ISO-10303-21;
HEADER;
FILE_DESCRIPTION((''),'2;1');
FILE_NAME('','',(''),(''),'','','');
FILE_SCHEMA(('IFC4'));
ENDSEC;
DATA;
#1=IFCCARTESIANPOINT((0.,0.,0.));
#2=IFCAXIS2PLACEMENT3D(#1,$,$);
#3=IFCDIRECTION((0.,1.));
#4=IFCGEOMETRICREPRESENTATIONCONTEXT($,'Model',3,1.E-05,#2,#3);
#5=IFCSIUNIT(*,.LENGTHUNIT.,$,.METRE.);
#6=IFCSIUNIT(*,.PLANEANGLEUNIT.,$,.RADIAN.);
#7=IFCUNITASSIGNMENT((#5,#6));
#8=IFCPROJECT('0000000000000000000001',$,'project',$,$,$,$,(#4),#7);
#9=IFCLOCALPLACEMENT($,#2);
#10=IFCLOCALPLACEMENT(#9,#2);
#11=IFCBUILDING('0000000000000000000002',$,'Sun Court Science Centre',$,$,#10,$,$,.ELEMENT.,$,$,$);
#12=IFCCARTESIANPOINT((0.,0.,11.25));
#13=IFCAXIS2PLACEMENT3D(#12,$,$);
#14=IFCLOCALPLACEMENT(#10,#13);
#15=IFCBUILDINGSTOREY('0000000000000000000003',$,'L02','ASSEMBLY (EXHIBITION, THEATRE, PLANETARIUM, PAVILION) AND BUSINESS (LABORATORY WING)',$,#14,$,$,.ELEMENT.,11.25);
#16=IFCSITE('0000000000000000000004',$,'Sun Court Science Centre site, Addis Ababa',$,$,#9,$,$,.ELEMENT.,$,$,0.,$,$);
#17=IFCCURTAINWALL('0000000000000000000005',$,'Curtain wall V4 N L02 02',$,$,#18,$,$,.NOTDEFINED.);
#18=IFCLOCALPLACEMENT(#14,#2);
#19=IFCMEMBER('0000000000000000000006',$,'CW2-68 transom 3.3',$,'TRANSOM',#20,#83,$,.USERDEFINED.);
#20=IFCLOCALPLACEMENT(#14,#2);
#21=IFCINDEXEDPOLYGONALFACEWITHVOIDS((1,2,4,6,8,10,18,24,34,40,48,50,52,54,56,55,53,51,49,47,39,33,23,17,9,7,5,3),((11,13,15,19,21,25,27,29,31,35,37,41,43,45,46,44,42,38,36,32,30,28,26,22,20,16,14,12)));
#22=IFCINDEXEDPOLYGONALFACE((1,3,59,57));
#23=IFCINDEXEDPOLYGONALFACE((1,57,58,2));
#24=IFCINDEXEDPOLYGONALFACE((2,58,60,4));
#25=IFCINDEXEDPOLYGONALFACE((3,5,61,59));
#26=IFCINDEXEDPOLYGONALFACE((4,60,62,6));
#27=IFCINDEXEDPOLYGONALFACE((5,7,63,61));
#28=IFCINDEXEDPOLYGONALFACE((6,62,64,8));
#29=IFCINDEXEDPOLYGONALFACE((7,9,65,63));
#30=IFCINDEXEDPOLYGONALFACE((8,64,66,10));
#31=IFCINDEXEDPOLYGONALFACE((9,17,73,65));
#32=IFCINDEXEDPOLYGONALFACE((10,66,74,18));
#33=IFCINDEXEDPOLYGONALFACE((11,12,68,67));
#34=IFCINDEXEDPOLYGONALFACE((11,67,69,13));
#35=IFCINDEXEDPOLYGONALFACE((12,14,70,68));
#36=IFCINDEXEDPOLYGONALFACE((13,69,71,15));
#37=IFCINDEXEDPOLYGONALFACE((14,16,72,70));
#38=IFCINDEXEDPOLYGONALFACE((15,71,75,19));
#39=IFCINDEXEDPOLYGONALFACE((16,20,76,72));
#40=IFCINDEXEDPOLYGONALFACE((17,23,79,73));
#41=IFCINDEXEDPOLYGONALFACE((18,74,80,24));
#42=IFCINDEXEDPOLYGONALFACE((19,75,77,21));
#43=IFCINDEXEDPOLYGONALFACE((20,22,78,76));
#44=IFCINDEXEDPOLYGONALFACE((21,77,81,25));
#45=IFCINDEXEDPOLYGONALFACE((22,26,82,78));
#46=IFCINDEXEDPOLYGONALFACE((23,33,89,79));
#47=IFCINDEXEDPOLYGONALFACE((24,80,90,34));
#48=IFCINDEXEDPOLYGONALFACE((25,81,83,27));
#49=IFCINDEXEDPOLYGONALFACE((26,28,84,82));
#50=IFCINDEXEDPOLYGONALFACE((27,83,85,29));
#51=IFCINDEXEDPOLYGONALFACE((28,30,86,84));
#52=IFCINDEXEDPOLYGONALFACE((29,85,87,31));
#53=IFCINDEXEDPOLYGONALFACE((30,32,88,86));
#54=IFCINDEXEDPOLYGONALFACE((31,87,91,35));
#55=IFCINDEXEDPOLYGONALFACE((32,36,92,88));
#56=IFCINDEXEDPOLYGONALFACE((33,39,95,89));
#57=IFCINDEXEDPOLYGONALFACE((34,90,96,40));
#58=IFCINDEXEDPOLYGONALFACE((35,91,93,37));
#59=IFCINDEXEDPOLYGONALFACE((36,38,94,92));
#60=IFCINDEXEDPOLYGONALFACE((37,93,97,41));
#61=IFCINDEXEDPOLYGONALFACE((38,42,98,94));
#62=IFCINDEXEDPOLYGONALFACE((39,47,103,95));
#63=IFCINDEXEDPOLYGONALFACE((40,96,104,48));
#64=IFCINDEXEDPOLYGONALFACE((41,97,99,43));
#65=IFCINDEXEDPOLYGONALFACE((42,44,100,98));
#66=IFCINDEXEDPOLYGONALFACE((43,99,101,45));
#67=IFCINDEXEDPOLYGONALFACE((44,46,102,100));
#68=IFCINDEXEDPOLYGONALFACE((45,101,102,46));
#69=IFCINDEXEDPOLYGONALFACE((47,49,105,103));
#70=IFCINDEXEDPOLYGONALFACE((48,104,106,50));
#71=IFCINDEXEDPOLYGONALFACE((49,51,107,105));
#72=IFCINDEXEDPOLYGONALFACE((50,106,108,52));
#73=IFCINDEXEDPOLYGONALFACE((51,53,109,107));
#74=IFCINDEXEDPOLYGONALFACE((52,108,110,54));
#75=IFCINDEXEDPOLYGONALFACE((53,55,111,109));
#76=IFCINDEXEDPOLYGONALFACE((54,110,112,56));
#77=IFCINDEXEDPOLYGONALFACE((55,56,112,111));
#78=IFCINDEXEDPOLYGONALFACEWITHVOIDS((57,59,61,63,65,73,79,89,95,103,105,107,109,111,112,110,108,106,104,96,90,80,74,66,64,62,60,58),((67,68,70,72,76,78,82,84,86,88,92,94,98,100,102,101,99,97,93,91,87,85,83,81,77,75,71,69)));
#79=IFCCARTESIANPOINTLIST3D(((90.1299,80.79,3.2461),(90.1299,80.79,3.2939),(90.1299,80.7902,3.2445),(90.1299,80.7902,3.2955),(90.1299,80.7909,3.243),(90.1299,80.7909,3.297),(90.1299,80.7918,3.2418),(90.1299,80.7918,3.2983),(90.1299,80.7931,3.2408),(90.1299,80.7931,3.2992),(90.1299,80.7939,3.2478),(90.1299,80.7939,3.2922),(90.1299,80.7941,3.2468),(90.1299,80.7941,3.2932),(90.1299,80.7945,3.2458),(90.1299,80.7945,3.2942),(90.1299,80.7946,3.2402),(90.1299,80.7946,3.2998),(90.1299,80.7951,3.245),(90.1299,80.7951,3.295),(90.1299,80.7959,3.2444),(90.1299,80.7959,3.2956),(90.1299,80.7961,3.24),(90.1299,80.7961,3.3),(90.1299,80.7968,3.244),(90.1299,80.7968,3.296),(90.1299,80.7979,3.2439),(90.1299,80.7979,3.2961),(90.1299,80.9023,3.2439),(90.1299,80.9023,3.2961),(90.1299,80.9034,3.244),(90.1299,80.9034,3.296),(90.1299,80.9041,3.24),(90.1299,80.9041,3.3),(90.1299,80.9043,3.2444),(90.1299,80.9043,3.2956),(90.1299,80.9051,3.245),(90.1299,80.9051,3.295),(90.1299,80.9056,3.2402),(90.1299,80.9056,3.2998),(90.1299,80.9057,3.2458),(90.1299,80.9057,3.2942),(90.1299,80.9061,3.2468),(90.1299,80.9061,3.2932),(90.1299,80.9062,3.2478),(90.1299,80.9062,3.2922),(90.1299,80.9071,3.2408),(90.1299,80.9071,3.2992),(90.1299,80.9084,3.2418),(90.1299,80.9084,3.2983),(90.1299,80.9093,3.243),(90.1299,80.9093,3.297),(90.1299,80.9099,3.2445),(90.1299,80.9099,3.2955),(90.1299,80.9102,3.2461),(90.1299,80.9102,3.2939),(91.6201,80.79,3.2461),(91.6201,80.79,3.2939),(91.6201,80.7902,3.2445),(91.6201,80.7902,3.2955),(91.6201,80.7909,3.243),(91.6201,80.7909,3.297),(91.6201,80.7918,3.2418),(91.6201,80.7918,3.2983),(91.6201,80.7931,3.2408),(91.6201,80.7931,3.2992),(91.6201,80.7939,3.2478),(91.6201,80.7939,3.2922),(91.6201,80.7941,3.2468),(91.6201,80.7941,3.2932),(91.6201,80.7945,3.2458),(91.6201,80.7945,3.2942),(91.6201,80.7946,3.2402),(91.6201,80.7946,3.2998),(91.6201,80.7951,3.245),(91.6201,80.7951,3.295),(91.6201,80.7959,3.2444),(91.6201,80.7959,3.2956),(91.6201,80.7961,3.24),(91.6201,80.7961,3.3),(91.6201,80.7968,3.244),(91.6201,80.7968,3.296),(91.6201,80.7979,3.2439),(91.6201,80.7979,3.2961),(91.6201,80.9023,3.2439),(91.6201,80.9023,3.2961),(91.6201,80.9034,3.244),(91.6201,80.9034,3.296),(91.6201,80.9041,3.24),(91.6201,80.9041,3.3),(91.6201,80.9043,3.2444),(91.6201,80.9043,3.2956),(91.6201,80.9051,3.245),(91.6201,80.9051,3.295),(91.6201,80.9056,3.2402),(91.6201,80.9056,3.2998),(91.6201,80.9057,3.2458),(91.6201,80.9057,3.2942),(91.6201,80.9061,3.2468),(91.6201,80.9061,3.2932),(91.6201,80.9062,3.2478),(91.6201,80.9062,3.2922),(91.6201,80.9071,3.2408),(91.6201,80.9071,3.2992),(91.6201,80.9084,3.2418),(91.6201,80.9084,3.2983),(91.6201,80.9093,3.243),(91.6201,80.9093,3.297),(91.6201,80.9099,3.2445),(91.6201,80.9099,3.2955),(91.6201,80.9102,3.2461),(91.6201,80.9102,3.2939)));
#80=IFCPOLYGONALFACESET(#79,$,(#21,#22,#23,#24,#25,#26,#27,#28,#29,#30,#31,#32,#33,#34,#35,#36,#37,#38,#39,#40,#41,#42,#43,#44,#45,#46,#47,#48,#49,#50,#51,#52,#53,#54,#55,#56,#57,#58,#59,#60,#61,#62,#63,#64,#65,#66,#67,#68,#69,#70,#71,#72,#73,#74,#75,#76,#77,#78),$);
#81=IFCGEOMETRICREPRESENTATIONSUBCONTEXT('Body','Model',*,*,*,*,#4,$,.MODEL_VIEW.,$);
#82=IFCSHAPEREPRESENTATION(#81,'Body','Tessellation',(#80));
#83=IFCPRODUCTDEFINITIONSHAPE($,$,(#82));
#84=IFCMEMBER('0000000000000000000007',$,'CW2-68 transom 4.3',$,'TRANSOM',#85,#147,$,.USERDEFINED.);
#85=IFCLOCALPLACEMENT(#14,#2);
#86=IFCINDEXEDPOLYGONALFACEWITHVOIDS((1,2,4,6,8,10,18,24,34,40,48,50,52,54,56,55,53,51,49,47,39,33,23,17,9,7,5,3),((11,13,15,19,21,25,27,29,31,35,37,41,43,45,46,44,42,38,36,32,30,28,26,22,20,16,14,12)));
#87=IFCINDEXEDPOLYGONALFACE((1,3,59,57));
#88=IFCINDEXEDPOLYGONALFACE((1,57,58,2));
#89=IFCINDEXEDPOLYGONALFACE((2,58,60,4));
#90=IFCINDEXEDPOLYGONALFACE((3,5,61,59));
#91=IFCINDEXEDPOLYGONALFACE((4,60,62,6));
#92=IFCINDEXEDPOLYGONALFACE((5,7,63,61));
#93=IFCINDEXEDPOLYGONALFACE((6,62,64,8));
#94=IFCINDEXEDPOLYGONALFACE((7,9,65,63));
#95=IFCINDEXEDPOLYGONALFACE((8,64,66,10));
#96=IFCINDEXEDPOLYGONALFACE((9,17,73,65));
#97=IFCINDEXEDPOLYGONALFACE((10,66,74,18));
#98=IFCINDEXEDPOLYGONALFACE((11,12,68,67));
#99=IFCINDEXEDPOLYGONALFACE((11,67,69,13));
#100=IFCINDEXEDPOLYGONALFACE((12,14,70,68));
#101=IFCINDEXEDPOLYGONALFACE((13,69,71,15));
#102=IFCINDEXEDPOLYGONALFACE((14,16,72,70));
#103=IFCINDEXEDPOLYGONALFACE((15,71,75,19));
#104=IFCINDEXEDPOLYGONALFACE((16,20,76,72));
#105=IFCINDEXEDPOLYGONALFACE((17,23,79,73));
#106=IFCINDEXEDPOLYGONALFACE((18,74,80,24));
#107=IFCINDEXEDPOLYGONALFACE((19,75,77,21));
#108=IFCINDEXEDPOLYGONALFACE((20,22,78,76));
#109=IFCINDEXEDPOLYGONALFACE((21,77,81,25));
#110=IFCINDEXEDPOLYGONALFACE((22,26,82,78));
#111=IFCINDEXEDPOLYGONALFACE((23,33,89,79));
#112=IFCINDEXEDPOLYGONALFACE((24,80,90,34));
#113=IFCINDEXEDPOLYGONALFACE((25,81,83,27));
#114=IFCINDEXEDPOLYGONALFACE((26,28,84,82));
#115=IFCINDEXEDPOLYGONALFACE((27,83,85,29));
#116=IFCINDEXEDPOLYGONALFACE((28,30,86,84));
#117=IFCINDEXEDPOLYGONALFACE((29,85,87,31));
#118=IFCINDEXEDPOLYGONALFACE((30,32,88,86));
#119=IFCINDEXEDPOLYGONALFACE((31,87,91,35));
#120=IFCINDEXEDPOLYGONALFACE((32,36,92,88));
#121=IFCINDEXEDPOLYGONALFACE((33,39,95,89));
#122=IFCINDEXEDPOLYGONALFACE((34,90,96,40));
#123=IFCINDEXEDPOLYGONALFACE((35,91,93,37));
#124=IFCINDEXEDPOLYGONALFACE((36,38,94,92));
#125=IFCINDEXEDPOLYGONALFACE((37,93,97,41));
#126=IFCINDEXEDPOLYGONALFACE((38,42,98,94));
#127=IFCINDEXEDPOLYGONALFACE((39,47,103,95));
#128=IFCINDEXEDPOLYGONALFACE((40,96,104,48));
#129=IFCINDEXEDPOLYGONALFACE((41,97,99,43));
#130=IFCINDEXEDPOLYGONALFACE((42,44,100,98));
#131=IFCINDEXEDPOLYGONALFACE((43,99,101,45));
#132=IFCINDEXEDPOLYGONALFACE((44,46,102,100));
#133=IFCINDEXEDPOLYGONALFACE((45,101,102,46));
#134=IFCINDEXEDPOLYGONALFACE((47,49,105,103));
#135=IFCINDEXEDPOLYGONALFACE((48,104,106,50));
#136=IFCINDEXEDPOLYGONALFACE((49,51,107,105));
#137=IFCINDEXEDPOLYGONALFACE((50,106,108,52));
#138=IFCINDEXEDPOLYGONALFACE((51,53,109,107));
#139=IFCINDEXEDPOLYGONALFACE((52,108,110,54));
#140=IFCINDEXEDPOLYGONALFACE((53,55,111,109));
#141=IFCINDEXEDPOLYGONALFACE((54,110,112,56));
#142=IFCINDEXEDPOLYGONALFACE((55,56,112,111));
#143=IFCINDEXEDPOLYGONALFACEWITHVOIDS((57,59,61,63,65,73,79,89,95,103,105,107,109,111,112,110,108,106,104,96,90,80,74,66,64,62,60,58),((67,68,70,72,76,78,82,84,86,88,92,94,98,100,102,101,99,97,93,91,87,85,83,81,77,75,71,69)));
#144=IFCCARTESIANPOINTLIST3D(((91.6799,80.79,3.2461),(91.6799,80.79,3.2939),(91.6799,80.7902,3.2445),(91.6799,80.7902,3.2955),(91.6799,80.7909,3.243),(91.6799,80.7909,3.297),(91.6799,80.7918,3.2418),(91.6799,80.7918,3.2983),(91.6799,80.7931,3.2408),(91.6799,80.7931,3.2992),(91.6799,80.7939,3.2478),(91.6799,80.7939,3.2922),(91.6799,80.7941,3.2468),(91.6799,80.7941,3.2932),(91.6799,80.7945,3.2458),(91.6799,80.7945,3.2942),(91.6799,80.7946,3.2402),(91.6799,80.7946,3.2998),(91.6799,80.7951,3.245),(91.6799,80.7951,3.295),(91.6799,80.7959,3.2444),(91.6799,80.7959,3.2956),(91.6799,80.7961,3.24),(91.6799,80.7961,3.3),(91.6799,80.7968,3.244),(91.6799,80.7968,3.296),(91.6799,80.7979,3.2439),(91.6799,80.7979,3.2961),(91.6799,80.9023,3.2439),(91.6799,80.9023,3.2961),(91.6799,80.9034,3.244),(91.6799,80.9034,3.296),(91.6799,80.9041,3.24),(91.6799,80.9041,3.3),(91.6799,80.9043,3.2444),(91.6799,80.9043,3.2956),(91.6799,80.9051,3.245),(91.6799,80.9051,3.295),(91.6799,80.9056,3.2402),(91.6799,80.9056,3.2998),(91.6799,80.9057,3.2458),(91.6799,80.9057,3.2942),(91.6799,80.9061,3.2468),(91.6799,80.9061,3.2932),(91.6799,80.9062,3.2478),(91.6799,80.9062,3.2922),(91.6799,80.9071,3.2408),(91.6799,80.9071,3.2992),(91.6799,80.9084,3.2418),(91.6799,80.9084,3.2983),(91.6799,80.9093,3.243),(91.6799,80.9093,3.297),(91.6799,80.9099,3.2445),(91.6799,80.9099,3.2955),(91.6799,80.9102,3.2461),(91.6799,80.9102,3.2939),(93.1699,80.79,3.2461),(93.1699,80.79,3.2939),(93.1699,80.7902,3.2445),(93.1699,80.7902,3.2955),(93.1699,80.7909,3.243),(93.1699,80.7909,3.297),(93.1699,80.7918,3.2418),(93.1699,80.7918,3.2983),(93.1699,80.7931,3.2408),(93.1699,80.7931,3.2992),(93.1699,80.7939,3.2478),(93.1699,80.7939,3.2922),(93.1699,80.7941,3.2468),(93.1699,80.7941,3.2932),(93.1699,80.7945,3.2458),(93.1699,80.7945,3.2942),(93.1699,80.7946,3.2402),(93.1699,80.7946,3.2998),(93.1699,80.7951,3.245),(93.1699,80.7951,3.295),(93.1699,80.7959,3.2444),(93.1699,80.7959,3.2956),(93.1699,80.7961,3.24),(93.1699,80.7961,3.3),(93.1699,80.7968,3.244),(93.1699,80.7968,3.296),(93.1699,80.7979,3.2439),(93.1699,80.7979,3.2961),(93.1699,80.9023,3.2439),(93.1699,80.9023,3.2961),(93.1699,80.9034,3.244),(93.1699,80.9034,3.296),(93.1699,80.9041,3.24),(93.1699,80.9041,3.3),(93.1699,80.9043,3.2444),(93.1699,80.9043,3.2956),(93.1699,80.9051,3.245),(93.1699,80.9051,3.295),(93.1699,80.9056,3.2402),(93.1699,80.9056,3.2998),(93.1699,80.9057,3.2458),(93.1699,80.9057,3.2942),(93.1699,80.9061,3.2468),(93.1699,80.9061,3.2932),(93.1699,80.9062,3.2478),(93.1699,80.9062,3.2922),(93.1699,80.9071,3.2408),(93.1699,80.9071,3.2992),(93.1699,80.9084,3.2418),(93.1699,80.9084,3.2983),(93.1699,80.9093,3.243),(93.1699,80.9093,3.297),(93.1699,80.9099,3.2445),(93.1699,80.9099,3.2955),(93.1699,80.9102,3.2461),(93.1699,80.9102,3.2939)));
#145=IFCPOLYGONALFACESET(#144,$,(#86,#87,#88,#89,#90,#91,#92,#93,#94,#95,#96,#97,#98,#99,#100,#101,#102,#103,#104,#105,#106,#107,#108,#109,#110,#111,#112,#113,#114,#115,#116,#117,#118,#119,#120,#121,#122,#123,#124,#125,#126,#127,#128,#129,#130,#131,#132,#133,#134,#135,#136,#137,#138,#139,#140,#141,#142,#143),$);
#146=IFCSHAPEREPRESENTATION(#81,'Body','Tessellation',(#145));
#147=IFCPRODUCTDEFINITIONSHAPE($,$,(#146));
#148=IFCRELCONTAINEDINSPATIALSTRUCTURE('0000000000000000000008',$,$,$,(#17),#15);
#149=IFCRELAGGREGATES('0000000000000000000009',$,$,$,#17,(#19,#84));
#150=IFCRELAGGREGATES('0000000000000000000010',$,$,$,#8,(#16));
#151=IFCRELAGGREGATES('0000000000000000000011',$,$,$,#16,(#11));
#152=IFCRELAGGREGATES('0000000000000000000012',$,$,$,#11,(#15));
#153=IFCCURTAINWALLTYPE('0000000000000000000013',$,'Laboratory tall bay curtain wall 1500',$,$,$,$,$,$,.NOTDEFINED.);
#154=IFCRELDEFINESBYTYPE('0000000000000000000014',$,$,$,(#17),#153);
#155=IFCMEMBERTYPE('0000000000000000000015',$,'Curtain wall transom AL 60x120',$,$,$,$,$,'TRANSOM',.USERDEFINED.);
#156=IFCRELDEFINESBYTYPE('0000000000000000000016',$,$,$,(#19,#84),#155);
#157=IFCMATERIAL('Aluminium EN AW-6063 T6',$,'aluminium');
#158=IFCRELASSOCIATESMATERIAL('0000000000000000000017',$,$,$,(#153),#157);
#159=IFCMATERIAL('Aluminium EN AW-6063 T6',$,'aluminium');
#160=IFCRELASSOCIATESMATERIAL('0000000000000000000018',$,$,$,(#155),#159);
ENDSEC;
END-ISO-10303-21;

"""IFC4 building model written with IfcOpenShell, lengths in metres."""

from ifc_helpers import new_model, si_unit, direction, frame, origin, origin_2d, place, context, subcontext, project, spatial, hollow_rectangle, extrude, material, material_profile, profile_set, type_object, element, aggregate, save


model = new_model("IFC4")

# Units and contexts
model_context = context("Model", 3, precision=1e-05, world=origin(), true_north=direction((0.0, 1.0)))
body_context = subcontext(model_context, "Body", "Model", "MODEL_VIEW")
ifc_project = project(units=[si_unit("LENGTHUNIT", "METRE"), si_unit("PLANEANGLEUNIT", "RADIAN")], contexts=[model_context])

# Site, building, storey
site_placement = place(None, origin())
site = spatial("IfcSite", under=ifc_project, at=site_placement, Name="Sun Court Science Centre site, Addis Ababa", CompositionType="ELEMENT", RefElevation=0.0)
building_placement = place(site_placement, origin())
building = spatial("IfcBuilding", under=site, at=building_placement, Name="Sun Court Science Centre", CompositionType="ELEMENT")
storey_placement = place(building_placement, frame((0.0, 0.0, 11.25)))
storey = spatial("IfcBuildingStorey", under=building, at=storey_placement, Name="L02", Description="ASSEMBLY (EXHIBITION, THEATRE, PLANETARIUM, PAVILION) AND BUSINESS (LABORATORY WING)", CompositionType="ELEMENT", Elevation=11.25)

# Curtain wall, members
ifc_material_1 = material(Name="Aluminium EN AW-6063 T6", Category="aluminium")
curtain_wall_type = type_object("IfcCurtainWallType", Name="Laboratory tall bay curtain wall 1500", PredefinedType="NOTDEFINED", material=ifc_material_1)
curtain_wall_placement = place(storey_placement, origin())
curtain_wall = element("IfcCurtainWall", 1, at=curtain_wall_placement, inside=storey, type_object=curtain_wall_type, Name="Curtain wall V4 N L02 02", PredefinedType="NOTDEFINED")
ifc_material_2 = material(Name="Aluminium EN AW-6063 T6", Category="aluminium")
ifc_material_profile_1 = material_profile(ifc_material_2, hollow_rectangle(XDim=0.0601, YDim=0.1201, WallThickness=0.0039, InnerFilletRadius=0.0039, OuterFilletRadius=0.0061, at=origin_2d()), Name="AL 60x120x4")
ifc_profile_set_1 = profile_set([ifc_material_profile_1], Name="Aluminium EN AW-6063 T6")
member_type_1 = type_object("IfcMemberType", Name="Curtain wall transom AL 60x120", ElementType="TRANSOM", PredefinedType="USERDEFINED", material=ifc_profile_set_1)
member_1_placement = place(storey_placement, frame((90.1299, 80.8501, 3.27), z_axis=(1.0, 0.0, 0.0), x_axis=(0.0, 0.0, 1.0)))
member_1 = element("IfcMember", 2, at=member_1_placement, type_object=member_type_1, Name="CW2-68 transom 3.3", ObjectType="TRANSOM", PredefinedType="USERDEFINED", context=body_context, shape_type="SweptSolid", body=[
    extrude(hollow_rectangle(XDim=0.0601, YDim=0.1201, WallThickness=0.0039, InnerFilletRadius=0.0039, OuterFilletRadius=0.0061, at=origin_2d()), origin(), (0.0, 0.0, 1.0), 1.4902),
])
member_2_placement = place(storey_placement, frame((91.6799, 80.8501, 3.27), z_axis=(1.0, 0.0, 0.0), x_axis=(0.0, 0.0, 1.0)))
member_2 = element("IfcMember", 3, at=member_2_placement, type_object=member_type_1, Name="CW2-68 transom 4.3", ObjectType="TRANSOM", PredefinedType="USERDEFINED", context=body_context, shape_type="SweptSolid", body=[
    extrude(hollow_rectangle(XDim=0.0601, YDim=0.1201, WallThickness=0.0039, InnerFilletRadius=0.0039, OuterFilletRadius=0.0061, at=origin_2d()), origin(), (0.0, 0.0, 1.0), 1.49),
])
aggregate(curtain_wall, [member_1, member_2])

save(model, "model.ifc")
